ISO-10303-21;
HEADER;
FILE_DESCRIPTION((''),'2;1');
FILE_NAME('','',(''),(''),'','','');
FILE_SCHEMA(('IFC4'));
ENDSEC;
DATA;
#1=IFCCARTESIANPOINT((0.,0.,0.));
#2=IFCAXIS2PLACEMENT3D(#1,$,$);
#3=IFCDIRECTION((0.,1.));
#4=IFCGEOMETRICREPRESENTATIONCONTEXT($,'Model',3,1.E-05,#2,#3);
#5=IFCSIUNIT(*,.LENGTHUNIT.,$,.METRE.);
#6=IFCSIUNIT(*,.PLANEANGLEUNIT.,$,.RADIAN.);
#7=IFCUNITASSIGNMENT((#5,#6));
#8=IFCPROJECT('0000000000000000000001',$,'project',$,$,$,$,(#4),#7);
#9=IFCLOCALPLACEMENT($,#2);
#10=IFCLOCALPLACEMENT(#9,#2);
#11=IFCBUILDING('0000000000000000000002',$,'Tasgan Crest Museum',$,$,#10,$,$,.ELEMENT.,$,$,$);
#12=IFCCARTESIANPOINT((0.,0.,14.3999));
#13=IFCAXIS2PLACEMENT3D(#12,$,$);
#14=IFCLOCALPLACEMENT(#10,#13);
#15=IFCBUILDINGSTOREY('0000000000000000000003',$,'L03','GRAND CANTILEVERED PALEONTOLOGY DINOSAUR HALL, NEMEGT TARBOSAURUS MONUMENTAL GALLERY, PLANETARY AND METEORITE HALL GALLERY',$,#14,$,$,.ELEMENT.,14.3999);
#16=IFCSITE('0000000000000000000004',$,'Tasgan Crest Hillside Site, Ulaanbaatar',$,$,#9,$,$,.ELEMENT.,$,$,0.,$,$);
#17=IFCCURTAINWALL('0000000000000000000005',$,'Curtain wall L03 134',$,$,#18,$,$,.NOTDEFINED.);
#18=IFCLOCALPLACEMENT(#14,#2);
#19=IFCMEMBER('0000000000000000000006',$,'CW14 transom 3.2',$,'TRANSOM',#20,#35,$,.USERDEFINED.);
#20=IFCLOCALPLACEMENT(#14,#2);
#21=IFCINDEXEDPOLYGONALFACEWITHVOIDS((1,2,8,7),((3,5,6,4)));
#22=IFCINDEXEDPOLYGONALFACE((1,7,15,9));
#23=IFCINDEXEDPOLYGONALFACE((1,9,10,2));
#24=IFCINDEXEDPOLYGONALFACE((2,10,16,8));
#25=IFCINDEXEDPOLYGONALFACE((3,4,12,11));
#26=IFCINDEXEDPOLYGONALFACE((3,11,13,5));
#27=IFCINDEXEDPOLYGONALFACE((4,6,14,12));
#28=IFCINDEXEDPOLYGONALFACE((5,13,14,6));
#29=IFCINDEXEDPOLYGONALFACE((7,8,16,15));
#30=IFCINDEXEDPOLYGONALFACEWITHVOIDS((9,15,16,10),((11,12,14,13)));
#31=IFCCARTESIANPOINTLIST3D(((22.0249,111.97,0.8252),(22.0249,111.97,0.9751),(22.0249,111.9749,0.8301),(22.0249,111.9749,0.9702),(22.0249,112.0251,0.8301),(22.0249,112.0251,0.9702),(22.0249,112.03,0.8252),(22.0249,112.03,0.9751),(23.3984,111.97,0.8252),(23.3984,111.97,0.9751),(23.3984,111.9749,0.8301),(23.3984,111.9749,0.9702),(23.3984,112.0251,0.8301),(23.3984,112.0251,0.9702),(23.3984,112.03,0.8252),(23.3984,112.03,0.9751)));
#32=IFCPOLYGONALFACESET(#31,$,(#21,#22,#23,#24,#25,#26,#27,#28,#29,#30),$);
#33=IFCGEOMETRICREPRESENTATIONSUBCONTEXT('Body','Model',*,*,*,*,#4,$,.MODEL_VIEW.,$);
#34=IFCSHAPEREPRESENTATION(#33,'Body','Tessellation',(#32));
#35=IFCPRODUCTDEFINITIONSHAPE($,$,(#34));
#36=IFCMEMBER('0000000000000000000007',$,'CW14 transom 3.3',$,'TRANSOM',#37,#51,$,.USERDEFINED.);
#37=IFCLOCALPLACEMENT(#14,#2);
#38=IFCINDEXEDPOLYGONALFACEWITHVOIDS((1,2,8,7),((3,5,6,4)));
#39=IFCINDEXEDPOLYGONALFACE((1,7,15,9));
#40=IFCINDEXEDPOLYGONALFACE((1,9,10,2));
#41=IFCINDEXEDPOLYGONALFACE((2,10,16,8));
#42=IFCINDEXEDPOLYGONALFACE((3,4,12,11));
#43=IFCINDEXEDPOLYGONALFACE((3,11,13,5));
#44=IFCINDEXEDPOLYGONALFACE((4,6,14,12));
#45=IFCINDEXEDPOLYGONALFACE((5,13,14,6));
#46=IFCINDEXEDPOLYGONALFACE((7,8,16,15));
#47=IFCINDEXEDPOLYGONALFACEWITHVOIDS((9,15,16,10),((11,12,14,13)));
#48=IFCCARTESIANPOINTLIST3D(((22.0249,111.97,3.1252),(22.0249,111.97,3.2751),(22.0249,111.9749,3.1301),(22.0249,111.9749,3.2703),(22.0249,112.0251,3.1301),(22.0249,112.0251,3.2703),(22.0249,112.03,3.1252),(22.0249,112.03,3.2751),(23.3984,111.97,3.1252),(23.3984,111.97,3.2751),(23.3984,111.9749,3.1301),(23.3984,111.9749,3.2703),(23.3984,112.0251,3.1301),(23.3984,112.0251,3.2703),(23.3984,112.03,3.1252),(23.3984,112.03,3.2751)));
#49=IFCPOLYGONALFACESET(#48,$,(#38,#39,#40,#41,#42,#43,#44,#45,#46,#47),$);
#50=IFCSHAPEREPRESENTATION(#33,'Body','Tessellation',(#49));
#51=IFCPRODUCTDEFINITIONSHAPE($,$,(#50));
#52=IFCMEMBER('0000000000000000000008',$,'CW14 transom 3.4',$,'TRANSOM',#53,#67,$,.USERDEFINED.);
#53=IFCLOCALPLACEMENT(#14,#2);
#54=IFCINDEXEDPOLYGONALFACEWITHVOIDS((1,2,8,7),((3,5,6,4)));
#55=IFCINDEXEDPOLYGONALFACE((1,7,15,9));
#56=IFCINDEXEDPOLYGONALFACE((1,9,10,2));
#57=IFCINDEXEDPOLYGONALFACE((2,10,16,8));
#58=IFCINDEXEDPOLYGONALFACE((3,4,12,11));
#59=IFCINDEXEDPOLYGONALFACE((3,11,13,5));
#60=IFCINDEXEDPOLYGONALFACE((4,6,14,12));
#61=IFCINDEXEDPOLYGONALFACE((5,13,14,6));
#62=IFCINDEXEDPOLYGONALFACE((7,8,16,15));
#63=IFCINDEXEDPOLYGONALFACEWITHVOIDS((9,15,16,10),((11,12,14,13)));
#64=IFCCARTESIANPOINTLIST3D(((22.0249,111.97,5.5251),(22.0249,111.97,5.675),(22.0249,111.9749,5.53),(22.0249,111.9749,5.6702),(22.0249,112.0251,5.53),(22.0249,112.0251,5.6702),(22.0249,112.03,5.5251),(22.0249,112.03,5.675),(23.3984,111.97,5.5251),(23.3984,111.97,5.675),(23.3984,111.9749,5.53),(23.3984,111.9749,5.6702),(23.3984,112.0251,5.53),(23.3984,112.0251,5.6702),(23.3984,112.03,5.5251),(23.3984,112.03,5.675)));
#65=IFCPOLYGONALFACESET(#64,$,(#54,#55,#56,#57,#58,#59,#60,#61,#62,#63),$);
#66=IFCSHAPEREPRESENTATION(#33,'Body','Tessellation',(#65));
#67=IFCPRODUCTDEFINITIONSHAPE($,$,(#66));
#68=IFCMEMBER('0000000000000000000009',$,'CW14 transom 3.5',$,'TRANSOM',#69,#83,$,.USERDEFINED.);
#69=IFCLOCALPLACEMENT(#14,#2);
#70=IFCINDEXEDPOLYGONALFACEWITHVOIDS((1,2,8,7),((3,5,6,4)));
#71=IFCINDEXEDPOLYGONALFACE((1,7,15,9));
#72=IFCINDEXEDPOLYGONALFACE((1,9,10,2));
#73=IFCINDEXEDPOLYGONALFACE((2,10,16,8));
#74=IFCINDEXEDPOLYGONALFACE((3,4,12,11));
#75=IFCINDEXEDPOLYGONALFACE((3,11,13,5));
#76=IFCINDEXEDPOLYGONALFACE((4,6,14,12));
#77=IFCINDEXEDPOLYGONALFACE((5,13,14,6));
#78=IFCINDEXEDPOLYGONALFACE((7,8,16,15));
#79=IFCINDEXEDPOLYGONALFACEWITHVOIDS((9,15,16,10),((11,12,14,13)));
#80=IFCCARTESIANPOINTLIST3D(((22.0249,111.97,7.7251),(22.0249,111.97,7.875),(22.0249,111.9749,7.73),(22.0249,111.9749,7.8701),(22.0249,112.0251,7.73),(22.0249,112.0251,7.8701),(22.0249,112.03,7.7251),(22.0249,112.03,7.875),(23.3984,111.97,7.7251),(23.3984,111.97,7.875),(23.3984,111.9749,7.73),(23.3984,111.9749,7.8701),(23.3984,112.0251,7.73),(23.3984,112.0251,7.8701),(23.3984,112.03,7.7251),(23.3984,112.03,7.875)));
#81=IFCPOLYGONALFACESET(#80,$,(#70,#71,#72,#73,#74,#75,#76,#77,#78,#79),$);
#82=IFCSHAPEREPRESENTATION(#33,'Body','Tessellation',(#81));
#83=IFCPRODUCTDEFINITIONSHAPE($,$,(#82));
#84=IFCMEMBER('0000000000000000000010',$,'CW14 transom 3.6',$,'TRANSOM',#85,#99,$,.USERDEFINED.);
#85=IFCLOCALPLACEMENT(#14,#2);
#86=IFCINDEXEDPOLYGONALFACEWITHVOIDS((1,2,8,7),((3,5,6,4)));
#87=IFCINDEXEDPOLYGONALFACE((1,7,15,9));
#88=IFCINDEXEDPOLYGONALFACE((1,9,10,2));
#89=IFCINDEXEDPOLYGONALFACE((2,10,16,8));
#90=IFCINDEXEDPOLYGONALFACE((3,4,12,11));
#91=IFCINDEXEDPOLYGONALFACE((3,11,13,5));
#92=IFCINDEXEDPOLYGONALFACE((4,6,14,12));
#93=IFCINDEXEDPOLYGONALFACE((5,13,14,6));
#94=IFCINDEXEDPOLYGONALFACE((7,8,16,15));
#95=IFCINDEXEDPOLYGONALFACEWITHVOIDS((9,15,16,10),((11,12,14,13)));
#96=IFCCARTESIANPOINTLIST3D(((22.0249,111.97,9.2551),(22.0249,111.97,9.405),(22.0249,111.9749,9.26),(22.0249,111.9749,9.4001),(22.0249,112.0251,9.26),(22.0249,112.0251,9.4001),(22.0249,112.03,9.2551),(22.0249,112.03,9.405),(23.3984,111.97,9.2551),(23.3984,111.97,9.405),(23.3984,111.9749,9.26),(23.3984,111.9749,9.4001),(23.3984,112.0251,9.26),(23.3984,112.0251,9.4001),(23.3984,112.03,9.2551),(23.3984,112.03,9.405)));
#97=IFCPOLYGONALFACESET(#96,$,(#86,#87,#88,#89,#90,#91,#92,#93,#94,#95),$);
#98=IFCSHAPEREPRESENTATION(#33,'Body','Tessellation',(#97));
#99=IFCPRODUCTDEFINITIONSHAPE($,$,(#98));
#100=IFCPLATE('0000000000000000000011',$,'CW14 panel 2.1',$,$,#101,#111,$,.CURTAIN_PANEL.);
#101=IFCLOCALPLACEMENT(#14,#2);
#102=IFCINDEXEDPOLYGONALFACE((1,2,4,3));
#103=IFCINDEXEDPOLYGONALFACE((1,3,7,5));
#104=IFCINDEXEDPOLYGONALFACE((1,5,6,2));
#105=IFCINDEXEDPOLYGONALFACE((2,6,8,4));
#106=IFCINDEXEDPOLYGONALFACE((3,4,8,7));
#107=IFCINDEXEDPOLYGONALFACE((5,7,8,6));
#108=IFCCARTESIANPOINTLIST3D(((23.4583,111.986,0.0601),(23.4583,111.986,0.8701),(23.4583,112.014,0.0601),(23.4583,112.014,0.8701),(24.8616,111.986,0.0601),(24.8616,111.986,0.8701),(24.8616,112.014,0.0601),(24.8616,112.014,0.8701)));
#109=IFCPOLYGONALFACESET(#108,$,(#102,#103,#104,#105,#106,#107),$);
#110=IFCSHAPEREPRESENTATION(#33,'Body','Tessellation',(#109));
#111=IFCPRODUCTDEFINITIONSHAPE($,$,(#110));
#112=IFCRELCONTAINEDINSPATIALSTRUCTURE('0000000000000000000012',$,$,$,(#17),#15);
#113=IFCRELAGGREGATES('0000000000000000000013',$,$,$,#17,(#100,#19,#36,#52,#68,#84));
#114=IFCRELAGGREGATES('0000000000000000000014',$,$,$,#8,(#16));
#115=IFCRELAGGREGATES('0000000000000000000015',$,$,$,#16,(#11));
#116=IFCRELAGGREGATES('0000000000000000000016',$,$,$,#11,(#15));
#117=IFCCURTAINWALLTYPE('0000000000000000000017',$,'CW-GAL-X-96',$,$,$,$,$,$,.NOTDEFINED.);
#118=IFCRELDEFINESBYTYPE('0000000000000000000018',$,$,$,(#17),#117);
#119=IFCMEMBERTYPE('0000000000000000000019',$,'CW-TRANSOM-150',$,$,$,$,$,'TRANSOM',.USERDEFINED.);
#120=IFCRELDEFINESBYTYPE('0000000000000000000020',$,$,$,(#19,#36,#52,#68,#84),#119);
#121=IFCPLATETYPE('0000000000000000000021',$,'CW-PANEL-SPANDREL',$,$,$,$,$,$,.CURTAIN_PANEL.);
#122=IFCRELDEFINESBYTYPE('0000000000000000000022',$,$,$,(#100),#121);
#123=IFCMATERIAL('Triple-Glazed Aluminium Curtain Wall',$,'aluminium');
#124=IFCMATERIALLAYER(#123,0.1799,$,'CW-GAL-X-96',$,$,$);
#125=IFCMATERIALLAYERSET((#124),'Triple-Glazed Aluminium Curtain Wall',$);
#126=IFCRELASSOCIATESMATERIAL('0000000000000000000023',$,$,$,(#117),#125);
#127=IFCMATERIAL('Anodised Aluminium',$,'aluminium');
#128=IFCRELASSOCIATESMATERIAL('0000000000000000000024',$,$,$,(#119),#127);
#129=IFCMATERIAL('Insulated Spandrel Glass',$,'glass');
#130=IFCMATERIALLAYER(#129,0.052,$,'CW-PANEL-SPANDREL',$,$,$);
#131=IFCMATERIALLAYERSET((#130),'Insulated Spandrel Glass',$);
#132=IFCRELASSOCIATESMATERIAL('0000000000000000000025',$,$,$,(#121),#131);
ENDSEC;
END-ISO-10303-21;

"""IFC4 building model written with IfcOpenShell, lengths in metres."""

from ifc_helpers import new_model, si_unit, direction, frame, origin, origin_2d, place, context, subcontext, project, spatial, rectangle, hollow_rectangle, extrude, material, layer, layer_set, material_profile, profile_set, type_object, element, aggregate, save


model = new_model("IFC4")

# Units and contexts
model_context = context("Model", 3, precision=1e-05, world=origin(), true_north=direction((0.0, 1.0)))
body_context = subcontext(model_context, "Body", "Model", "MODEL_VIEW")
ifc_project = project(units=[si_unit("LENGTHUNIT", "METRE"), si_unit("PLANEANGLEUNIT", "RADIAN")], contexts=[model_context])

# Site, building, storey
site_placement = place(None, origin())
site = spatial("IfcSite", under=ifc_project, at=site_placement, Name="Tasgan Crest Hillside Site, Ulaanbaatar", CompositionType="ELEMENT", RefElevation=0.0)
building_placement = place(site_placement, origin())
building = spatial("IfcBuilding", under=site, at=building_placement, Name="Tasgan Crest Museum", CompositionType="ELEMENT")
storey_placement = place(building_placement, frame((0.0, 0.0, 14.3999)))
storey = spatial("IfcBuildingStorey", under=building, at=storey_placement, Name="L03", Description="GRAND CANTILEVERED PALEONTOLOGY DINOSAUR HALL, NEMEGT TARBOSAURUS MONUMENTAL GALLERY, PLANETARY AND METEORITE HALL GALLERY", CompositionType="ELEMENT", Elevation=14.3999)

# Curtain wall, members, plate
ifc_material_1 = material(Name="Triple-Glazed Aluminium Curtain Wall", Category="aluminium")
ifc_layer_1 = layer(ifc_material_1, 0.1799, Name="CW-GAL-X-96")
ifc_layer_set_1 = layer_set([ifc_layer_1], Name="Triple-Glazed Aluminium Curtain Wall")
curtain_wall_type = type_object("IfcCurtainWallType", Name="CW-GAL-X-96", PredefinedType="NOTDEFINED", material=ifc_layer_set_1)
curtain_wall_placement = place(storey_placement, origin())
curtain_wall = element("IfcCurtainWall", 1, at=curtain_wall_placement, inside=storey, type_object=curtain_wall_type, Name="Curtain wall L03 134", PredefinedType="NOTDEFINED")
ifc_material_2 = material(Name="Anodised Aluminium", Category="aluminium")
ifc_material_profile_1 = material_profile(ifc_material_2, hollow_rectangle(XDim=0.0601, YDim=0.1499, WallThickness=0.0049, at=origin_2d()), Name="ALU TRANSOM 150x60x5")
ifc_profile_set_1 = profile_set([ifc_material_profile_1], Name="Anodised Aluminium")
member_type_1 = type_object("IfcMemberType", Name="CW-TRANSOM-150", ElementType="TRANSOM", PredefinedType="USERDEFINED", material=ifc_profile_set_1)
member_1_placement = place(storey_placement, frame((23.3984, 112.0, 0.9001), z_axis=(-1.0, 0.0, 0.0), x_axis=(0.0, -1.0, 0.0)))
member_1 = element("IfcMember", 2, at=member_1_placement, type_object=member_type_1, Name="CW14 transom 3.2", ObjectType="TRANSOM", PredefinedType="USERDEFINED", context=body_context, shape_type="SweptSolid", body=[
    extrude(hollow_rectangle(XDim=0.0601, YDim=0.1499, WallThickness=0.0049, at=origin_2d()), origin(), (0.0, 0.0, 1.0), 1.3735),
])
member_2_placement = place(storey_placement, frame((23.3984, 112.0, 3.2002), z_axis=(-1.0, 0.0, 0.0), x_axis=(0.0, -1.0, 0.0)))
member_2 = element("IfcMember", 3, at=member_2_placement, type_object=member_type_1, Name="CW14 transom 3.3", ObjectType="TRANSOM", PredefinedType="USERDEFINED", context=body_context, shape_type="SweptSolid", body=[
    extrude(hollow_rectangle(XDim=0.0601, YDim=0.1499, WallThickness=0.0049, at=origin_2d()), origin(), (0.0, 0.0, 1.0), 1.3735),
])
member_3_placement = place(storey_placement, frame((23.3984, 112.0, 5.6001), z_axis=(-1.0, 0.0, 0.0), x_axis=(0.0, -1.0, 0.0)))
member_3 = element("IfcMember", 4, at=member_3_placement, type_object=member_type_1, Name="CW14 transom 3.4", ObjectType="TRANSOM", PredefinedType="USERDEFINED", context=body_context, shape_type="SweptSolid", body=[
    extrude(hollow_rectangle(XDim=0.0601, YDim=0.1499, WallThickness=0.0049, at=origin_2d()), origin(), (0.0, 0.0, 1.0), 1.3735),
])
member_4_placement = place(storey_placement, frame((23.3984, 112.0, 7.8), z_axis=(-1.0, 0.0, 0.0), x_axis=(0.0, -1.0, 0.0)))
member_4 = element("IfcMember", 5, at=member_4_placement, type_object=member_type_1, Name="CW14 transom 3.5", ObjectType="TRANSOM", PredefinedType="USERDEFINED", context=body_context, shape_type="SweptSolid", body=[
    extrude(hollow_rectangle(XDim=0.0601, YDim=0.1499, WallThickness=0.0049, at=origin_2d()), origin(), (0.0, 0.0, 1.0), 1.3735),
])
member_5_placement = place(storey_placement, frame((23.3984, 112.0, 9.3301), z_axis=(-1.0, 0.0, 0.0), x_axis=(0.0, -1.0, 0.0)))
member_5 = element("IfcMember", 6, at=member_5_placement, type_object=member_type_1, Name="CW14 transom 3.6", ObjectType="TRANSOM", PredefinedType="USERDEFINED", context=body_context, shape_type="SweptSolid", body=[
    extrude(hollow_rectangle(XDim=0.0601, YDim=0.1499, WallThickness=0.0049, at=origin_2d()), origin(), (0.0, 0.0, 1.0), 1.3735),
])
ifc_material_3 = material(Name="Insulated Spandrel Glass", Category="glass")
ifc_layer_2 = layer(ifc_material_3, 0.052, Name="CW-PANEL-SPANDREL")
ifc_layer_set_2 = layer_set([ifc_layer_2], Name="Insulated Spandrel Glass")
plate_type = type_object("IfcPlateType", Name="CW-PANEL-SPANDREL", PredefinedType="CURTAIN_PANEL", material=ifc_layer_set_2)
plate_placement = place(storey_placement, frame((24.1599, 112.0, 0.0601), z_axis=(0.0, 0.0, 1.0), x_axis=(-1.0, 0.0, 0.0)))
plate = element("IfcPlate", 7, at=plate_placement, type_object=plate_type, Name="CW14 panel 2.1", PredefinedType="CURTAIN_PANEL", context=body_context, shape_type="SweptSolid", body=[
    extrude(rectangle(XDim=1.4033, YDim=0.0281, at=origin_2d()), origin(), (0.0, 0.0, 1.0), 0.8101),
])
aggregate(curtain_wall, [plate, member_1, member_2, member_3, member_4, member_5])

save(model, "model.ifc")
